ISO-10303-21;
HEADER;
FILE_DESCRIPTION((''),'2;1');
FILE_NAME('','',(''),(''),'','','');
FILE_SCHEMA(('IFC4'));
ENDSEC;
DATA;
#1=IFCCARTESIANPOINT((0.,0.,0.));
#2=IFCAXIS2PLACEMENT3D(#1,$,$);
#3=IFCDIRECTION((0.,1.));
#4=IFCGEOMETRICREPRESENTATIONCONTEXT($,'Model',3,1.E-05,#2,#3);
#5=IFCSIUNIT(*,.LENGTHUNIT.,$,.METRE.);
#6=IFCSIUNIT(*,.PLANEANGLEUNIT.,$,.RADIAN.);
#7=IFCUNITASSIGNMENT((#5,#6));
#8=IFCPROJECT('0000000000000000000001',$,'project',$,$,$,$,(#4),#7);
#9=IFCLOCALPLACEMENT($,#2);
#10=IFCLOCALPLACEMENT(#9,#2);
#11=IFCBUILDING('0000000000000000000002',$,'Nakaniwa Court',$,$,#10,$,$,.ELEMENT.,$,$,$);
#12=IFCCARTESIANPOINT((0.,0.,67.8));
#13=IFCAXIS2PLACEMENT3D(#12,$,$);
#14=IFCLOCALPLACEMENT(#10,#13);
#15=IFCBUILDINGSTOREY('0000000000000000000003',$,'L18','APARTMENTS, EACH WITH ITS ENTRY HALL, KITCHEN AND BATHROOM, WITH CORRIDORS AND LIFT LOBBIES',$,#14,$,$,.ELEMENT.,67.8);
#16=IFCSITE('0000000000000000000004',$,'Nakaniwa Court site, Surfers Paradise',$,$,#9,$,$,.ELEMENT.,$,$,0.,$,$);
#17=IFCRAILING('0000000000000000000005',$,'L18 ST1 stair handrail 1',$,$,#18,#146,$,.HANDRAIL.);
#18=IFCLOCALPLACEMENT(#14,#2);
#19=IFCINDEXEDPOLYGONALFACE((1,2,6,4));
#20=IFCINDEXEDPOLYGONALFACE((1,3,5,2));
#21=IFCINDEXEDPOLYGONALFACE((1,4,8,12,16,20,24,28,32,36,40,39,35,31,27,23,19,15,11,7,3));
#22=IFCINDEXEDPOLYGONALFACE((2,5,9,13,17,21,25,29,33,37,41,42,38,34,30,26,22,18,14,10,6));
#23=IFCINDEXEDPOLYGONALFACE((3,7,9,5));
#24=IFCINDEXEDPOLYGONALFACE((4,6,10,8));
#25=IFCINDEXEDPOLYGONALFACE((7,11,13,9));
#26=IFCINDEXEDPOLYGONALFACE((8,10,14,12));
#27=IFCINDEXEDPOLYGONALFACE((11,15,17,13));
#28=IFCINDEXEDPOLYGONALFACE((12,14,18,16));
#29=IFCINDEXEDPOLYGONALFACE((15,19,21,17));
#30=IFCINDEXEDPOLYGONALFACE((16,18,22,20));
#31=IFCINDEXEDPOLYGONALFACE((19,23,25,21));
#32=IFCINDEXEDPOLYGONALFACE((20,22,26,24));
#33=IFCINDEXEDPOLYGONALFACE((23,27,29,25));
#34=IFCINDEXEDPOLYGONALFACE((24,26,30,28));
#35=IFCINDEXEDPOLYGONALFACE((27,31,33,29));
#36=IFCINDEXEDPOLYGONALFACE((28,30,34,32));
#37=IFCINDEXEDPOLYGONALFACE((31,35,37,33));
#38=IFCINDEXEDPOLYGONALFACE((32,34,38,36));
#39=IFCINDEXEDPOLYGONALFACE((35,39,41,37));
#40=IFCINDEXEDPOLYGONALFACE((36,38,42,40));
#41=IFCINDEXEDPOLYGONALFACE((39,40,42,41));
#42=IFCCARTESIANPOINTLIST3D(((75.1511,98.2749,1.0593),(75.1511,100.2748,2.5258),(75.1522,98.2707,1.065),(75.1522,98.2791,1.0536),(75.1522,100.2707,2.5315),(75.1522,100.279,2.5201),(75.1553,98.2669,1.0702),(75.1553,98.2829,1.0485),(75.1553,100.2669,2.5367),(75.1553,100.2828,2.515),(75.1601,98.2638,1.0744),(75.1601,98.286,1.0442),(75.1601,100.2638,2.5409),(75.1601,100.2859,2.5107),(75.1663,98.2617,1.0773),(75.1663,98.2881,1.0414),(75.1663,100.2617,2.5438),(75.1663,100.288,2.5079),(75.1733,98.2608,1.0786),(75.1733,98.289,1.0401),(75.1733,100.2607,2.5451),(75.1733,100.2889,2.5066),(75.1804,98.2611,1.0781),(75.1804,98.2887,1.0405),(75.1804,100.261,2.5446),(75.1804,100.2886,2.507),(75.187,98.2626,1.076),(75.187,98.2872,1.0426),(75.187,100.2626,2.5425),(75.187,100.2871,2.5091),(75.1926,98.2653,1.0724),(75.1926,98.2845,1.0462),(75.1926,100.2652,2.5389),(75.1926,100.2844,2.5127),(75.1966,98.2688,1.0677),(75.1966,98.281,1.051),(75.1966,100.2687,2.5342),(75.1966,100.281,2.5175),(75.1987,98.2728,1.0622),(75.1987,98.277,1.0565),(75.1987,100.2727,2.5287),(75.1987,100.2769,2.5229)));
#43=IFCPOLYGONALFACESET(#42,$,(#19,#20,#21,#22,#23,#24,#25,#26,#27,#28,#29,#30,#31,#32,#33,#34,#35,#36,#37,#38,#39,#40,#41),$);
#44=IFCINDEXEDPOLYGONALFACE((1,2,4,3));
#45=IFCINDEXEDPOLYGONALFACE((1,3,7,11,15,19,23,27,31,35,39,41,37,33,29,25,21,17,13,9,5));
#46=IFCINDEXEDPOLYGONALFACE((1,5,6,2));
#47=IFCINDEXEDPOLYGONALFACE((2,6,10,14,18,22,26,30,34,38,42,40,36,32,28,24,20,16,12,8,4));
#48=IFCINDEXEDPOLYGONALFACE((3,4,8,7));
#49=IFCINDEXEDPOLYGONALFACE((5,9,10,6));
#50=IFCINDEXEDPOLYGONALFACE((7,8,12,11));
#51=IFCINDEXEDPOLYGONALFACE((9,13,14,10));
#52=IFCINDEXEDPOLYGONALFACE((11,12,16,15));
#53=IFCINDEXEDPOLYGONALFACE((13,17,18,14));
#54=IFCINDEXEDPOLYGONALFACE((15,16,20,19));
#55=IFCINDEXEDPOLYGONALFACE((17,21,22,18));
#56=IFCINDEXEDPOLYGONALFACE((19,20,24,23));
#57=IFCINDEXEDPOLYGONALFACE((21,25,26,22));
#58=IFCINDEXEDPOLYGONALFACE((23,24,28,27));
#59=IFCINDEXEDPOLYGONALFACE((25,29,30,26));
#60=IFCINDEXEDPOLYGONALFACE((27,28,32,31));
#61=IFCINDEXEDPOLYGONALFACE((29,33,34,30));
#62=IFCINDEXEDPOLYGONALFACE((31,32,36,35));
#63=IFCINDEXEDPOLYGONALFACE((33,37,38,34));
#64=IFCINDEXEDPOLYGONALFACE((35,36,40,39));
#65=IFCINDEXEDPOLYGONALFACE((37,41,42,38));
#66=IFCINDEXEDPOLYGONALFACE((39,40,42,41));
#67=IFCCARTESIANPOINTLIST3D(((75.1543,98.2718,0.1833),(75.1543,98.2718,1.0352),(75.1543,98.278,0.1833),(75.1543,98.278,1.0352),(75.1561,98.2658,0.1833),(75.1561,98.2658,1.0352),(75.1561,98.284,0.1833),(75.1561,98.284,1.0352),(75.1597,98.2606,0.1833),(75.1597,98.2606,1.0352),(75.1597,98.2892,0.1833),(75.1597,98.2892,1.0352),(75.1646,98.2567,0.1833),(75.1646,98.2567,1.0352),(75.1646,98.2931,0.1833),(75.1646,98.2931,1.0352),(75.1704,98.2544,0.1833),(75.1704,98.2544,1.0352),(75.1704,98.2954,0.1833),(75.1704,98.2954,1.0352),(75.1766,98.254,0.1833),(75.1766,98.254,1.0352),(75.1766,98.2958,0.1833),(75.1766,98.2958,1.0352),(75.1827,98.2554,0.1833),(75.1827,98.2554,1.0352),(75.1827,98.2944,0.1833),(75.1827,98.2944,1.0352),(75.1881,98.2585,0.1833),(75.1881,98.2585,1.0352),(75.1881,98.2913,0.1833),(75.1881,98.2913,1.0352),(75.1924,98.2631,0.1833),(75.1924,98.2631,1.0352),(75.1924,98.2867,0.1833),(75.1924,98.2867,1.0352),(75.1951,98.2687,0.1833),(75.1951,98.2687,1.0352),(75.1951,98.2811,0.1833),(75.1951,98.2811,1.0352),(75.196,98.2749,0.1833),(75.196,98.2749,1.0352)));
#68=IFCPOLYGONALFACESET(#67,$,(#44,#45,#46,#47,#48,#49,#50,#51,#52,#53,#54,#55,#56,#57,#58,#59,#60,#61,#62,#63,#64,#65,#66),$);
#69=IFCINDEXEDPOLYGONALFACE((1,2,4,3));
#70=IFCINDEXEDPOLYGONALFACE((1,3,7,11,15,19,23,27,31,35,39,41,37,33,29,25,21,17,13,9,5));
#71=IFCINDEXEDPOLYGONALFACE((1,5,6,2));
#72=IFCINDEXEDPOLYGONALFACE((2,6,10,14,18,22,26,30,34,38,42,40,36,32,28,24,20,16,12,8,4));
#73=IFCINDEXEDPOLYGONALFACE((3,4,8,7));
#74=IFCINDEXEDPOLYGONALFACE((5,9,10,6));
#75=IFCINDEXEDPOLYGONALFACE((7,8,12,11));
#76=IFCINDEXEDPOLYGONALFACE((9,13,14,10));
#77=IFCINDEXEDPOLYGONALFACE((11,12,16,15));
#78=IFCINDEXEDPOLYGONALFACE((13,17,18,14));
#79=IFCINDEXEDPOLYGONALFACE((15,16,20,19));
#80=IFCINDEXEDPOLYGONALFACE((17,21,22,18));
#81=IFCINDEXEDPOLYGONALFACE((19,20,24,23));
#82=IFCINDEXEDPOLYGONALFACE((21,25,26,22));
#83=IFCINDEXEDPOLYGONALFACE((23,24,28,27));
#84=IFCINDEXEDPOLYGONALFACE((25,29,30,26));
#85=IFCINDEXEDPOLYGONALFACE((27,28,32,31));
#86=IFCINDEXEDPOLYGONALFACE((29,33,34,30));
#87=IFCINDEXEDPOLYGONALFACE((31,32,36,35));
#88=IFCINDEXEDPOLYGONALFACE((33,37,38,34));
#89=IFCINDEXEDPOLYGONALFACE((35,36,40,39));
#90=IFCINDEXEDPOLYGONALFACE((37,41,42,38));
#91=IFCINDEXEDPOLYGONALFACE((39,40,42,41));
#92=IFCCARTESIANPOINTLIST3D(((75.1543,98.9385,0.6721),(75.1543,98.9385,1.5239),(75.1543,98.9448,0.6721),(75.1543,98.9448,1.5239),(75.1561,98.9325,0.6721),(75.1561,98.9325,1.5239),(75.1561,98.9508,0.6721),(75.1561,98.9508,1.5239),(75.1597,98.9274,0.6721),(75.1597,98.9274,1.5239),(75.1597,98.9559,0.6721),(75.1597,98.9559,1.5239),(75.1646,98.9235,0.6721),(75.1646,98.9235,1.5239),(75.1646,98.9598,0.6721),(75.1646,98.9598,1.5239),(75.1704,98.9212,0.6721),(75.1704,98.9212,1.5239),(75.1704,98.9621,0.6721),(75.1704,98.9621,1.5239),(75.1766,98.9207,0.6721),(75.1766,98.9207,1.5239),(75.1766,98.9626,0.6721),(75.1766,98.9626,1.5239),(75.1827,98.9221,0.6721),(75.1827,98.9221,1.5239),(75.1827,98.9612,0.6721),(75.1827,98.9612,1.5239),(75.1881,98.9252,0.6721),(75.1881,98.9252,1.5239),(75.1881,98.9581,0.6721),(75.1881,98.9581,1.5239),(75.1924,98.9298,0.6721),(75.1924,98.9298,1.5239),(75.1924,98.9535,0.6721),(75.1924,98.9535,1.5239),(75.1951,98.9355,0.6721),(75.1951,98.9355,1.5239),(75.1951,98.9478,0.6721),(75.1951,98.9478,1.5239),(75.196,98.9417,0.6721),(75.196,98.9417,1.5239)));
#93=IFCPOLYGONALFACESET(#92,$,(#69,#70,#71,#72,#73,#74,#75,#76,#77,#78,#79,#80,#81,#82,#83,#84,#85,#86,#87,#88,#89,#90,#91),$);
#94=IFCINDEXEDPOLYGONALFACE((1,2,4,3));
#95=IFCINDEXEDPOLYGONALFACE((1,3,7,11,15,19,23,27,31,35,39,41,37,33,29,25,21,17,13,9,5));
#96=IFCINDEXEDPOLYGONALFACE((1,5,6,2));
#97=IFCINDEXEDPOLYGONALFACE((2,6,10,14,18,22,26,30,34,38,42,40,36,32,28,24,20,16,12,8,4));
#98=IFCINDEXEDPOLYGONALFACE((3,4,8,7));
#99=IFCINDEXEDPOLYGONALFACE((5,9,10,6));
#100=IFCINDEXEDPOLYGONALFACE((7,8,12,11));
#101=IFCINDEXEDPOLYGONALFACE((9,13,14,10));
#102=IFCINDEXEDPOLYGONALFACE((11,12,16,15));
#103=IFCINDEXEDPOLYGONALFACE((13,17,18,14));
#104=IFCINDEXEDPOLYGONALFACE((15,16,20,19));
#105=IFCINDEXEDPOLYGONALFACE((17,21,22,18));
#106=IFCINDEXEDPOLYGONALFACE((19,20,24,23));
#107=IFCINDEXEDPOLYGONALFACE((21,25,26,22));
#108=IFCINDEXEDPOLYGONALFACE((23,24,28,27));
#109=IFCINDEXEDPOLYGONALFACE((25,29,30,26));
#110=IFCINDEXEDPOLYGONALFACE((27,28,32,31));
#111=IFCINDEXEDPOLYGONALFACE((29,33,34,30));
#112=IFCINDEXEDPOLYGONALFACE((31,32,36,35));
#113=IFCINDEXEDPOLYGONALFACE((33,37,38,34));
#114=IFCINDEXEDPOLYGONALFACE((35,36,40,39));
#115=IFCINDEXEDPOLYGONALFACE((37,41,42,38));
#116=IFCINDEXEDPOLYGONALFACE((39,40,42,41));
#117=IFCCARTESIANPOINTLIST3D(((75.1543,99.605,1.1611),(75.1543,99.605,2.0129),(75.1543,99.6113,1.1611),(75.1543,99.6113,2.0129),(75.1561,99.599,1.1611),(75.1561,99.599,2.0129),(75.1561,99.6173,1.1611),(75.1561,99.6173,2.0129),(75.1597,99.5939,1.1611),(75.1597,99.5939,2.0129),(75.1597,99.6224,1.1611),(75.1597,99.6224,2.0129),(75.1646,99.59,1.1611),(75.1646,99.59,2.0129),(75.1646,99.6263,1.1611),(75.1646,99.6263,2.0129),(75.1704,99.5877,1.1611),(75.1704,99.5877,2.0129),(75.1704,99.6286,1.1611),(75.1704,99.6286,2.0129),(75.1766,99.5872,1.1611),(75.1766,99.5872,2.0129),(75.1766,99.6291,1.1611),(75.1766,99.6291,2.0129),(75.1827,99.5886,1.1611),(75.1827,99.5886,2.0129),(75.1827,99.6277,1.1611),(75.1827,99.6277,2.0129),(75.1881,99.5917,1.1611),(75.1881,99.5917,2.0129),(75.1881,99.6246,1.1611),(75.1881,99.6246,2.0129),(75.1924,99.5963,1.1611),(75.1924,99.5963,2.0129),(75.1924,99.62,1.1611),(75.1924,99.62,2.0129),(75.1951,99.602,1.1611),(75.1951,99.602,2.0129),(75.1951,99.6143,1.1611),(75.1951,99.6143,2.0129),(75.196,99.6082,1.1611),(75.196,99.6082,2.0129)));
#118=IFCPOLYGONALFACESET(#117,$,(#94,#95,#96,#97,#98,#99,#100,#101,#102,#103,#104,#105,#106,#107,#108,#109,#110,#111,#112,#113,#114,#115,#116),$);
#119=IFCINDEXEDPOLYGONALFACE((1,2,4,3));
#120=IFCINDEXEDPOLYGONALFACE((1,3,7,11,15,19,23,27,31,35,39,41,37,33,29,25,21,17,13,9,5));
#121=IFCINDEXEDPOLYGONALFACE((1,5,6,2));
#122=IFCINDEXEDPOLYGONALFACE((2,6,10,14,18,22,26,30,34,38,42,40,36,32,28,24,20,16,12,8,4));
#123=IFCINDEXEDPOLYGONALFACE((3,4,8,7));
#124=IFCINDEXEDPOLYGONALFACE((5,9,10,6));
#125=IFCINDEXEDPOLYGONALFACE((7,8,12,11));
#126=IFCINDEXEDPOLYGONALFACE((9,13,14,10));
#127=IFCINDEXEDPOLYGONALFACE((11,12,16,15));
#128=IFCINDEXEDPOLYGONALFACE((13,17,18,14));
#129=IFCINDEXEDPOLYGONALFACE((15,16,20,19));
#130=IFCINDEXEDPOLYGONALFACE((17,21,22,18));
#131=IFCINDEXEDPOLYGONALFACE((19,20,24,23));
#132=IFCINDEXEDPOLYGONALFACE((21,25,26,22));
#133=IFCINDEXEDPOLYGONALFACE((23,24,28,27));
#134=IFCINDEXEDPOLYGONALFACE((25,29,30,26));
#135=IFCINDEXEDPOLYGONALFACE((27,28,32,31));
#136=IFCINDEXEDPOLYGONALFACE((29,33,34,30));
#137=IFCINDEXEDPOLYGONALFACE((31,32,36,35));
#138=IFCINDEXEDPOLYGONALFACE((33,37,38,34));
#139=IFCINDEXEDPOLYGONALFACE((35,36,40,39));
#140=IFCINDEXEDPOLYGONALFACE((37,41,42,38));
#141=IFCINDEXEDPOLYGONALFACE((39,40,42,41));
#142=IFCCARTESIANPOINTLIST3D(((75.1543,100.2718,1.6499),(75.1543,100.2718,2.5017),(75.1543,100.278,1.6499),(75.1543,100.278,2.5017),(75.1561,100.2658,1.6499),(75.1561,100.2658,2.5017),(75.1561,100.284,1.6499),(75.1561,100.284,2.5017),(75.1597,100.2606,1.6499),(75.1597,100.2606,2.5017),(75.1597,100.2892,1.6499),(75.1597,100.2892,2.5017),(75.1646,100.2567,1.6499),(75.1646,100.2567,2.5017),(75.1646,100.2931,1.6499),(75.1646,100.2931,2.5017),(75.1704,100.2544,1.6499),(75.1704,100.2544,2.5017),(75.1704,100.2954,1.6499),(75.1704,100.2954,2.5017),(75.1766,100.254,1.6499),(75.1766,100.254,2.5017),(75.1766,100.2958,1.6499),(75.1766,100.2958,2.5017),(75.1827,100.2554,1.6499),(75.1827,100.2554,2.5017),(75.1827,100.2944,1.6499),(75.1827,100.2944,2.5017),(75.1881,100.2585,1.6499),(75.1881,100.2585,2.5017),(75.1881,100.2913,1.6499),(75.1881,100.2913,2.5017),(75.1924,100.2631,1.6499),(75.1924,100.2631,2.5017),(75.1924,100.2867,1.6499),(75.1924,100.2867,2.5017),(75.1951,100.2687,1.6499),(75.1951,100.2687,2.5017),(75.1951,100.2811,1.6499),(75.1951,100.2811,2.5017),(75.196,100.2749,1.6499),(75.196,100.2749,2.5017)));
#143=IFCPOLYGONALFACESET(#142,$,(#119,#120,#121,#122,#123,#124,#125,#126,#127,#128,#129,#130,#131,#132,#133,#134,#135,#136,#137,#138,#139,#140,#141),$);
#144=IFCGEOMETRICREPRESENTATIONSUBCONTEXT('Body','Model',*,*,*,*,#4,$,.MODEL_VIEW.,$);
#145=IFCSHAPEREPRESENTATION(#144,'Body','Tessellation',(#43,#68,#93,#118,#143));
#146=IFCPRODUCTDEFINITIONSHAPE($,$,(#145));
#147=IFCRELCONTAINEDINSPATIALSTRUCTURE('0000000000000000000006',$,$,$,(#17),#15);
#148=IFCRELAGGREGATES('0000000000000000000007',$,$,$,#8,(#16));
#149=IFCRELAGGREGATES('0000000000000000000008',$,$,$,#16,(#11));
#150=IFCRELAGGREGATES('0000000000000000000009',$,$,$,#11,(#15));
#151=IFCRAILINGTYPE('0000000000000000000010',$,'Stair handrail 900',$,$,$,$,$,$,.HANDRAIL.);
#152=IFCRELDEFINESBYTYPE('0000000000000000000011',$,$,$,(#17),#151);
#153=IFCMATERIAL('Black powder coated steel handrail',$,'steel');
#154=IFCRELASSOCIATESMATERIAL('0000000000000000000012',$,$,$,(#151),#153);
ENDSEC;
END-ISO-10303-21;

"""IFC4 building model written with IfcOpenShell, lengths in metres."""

from ifc_helpers import new_model, si_unit, direction, frame, origin, origin_2d, place, context, subcontext, project, spatial, circle, extrude, material, type_object, element, save


model = new_model("IFC4")

# Units and contexts
model_context = context("Model", 3, precision=1e-05, world=origin(), true_north=direction((0.0, 1.0)))
body_context = subcontext(model_context, "Body", "Model", "MODEL_VIEW")
ifc_project = project(units=[si_unit("LENGTHUNIT", "METRE"), si_unit("PLANEANGLEUNIT", "RADIAN")], contexts=[model_context])

# Site, building, storey
site_placement = place(None, origin())
site = spatial("IfcSite", under=ifc_project, at=site_placement, Name="Nakaniwa Court site, Surfers Paradise", CompositionType="ELEMENT", RefElevation=0.0)
building_placement = place(site_placement, origin())
building = spatial("IfcBuilding", under=site, at=building_placement, Name="Nakaniwa Court", CompositionType="ELEMENT")
storey_placement = place(building_placement, frame((0.0, 0.0, 67.8)))
storey = spatial("IfcBuildingStorey", under=building, at=storey_placement, Name="L18", Description="APARTMENTS, EACH WITH ITS ENTRY HALL, KITCHEN AND BATHROOM, WITH CORRIDORS AND LIFT LOBBIES", CompositionType="ELEMENT", Elevation=67.8)

# Railing
ifc_material_1 = material(Name="Black powder coated steel handrail", Category="steel")
railing_type_1 = type_object("IfcRailingType", Name="Stair handrail 900", PredefinedType="HANDRAIL", material=ifc_material_1)
railing_1_placement = place(storey_placement, frame((75.175, 98.2749, 0.1833)))
element("IfcRailing", 1, at=railing_1_placement, inside=storey, type_object=railing_type_1, Name="L18 ST1 stair handrail 1", PredefinedType="HANDRAIL", context=body_context, shape_type="SweptSolid", body=[
    extrude(circle(Radius=0.0239, at=origin_2d()), frame((0.0, 0.0, 0.876), z_axis=(0.0, 0.806427, 0.591334), x_axis=(-1.0, 0.0, 0.0)), (0.0, 0.0, 1.0), 2.48),
    extrude(circle(Radius=0.021, at=origin_2d()), origin(), (0.0, 0.0, 1.0), 0.8518),
    extrude(circle(Radius=0.021, at=origin_2d()), frame((0.0, 0.6667, 0.4888)), (0.0, 0.0, 1.0), 0.8518),
    extrude(circle(Radius=0.021, at=origin_2d()), frame((0.0, 1.3333, 0.9778)), (0.0, 0.0, 1.0), 0.8518),
    extrude(circle(Radius=0.021, at=origin_2d()), frame((0.0, 2.0, 1.4666)), (0.0, 0.0, 1.0), 0.8518),
])

save(model, "model.ifc")
